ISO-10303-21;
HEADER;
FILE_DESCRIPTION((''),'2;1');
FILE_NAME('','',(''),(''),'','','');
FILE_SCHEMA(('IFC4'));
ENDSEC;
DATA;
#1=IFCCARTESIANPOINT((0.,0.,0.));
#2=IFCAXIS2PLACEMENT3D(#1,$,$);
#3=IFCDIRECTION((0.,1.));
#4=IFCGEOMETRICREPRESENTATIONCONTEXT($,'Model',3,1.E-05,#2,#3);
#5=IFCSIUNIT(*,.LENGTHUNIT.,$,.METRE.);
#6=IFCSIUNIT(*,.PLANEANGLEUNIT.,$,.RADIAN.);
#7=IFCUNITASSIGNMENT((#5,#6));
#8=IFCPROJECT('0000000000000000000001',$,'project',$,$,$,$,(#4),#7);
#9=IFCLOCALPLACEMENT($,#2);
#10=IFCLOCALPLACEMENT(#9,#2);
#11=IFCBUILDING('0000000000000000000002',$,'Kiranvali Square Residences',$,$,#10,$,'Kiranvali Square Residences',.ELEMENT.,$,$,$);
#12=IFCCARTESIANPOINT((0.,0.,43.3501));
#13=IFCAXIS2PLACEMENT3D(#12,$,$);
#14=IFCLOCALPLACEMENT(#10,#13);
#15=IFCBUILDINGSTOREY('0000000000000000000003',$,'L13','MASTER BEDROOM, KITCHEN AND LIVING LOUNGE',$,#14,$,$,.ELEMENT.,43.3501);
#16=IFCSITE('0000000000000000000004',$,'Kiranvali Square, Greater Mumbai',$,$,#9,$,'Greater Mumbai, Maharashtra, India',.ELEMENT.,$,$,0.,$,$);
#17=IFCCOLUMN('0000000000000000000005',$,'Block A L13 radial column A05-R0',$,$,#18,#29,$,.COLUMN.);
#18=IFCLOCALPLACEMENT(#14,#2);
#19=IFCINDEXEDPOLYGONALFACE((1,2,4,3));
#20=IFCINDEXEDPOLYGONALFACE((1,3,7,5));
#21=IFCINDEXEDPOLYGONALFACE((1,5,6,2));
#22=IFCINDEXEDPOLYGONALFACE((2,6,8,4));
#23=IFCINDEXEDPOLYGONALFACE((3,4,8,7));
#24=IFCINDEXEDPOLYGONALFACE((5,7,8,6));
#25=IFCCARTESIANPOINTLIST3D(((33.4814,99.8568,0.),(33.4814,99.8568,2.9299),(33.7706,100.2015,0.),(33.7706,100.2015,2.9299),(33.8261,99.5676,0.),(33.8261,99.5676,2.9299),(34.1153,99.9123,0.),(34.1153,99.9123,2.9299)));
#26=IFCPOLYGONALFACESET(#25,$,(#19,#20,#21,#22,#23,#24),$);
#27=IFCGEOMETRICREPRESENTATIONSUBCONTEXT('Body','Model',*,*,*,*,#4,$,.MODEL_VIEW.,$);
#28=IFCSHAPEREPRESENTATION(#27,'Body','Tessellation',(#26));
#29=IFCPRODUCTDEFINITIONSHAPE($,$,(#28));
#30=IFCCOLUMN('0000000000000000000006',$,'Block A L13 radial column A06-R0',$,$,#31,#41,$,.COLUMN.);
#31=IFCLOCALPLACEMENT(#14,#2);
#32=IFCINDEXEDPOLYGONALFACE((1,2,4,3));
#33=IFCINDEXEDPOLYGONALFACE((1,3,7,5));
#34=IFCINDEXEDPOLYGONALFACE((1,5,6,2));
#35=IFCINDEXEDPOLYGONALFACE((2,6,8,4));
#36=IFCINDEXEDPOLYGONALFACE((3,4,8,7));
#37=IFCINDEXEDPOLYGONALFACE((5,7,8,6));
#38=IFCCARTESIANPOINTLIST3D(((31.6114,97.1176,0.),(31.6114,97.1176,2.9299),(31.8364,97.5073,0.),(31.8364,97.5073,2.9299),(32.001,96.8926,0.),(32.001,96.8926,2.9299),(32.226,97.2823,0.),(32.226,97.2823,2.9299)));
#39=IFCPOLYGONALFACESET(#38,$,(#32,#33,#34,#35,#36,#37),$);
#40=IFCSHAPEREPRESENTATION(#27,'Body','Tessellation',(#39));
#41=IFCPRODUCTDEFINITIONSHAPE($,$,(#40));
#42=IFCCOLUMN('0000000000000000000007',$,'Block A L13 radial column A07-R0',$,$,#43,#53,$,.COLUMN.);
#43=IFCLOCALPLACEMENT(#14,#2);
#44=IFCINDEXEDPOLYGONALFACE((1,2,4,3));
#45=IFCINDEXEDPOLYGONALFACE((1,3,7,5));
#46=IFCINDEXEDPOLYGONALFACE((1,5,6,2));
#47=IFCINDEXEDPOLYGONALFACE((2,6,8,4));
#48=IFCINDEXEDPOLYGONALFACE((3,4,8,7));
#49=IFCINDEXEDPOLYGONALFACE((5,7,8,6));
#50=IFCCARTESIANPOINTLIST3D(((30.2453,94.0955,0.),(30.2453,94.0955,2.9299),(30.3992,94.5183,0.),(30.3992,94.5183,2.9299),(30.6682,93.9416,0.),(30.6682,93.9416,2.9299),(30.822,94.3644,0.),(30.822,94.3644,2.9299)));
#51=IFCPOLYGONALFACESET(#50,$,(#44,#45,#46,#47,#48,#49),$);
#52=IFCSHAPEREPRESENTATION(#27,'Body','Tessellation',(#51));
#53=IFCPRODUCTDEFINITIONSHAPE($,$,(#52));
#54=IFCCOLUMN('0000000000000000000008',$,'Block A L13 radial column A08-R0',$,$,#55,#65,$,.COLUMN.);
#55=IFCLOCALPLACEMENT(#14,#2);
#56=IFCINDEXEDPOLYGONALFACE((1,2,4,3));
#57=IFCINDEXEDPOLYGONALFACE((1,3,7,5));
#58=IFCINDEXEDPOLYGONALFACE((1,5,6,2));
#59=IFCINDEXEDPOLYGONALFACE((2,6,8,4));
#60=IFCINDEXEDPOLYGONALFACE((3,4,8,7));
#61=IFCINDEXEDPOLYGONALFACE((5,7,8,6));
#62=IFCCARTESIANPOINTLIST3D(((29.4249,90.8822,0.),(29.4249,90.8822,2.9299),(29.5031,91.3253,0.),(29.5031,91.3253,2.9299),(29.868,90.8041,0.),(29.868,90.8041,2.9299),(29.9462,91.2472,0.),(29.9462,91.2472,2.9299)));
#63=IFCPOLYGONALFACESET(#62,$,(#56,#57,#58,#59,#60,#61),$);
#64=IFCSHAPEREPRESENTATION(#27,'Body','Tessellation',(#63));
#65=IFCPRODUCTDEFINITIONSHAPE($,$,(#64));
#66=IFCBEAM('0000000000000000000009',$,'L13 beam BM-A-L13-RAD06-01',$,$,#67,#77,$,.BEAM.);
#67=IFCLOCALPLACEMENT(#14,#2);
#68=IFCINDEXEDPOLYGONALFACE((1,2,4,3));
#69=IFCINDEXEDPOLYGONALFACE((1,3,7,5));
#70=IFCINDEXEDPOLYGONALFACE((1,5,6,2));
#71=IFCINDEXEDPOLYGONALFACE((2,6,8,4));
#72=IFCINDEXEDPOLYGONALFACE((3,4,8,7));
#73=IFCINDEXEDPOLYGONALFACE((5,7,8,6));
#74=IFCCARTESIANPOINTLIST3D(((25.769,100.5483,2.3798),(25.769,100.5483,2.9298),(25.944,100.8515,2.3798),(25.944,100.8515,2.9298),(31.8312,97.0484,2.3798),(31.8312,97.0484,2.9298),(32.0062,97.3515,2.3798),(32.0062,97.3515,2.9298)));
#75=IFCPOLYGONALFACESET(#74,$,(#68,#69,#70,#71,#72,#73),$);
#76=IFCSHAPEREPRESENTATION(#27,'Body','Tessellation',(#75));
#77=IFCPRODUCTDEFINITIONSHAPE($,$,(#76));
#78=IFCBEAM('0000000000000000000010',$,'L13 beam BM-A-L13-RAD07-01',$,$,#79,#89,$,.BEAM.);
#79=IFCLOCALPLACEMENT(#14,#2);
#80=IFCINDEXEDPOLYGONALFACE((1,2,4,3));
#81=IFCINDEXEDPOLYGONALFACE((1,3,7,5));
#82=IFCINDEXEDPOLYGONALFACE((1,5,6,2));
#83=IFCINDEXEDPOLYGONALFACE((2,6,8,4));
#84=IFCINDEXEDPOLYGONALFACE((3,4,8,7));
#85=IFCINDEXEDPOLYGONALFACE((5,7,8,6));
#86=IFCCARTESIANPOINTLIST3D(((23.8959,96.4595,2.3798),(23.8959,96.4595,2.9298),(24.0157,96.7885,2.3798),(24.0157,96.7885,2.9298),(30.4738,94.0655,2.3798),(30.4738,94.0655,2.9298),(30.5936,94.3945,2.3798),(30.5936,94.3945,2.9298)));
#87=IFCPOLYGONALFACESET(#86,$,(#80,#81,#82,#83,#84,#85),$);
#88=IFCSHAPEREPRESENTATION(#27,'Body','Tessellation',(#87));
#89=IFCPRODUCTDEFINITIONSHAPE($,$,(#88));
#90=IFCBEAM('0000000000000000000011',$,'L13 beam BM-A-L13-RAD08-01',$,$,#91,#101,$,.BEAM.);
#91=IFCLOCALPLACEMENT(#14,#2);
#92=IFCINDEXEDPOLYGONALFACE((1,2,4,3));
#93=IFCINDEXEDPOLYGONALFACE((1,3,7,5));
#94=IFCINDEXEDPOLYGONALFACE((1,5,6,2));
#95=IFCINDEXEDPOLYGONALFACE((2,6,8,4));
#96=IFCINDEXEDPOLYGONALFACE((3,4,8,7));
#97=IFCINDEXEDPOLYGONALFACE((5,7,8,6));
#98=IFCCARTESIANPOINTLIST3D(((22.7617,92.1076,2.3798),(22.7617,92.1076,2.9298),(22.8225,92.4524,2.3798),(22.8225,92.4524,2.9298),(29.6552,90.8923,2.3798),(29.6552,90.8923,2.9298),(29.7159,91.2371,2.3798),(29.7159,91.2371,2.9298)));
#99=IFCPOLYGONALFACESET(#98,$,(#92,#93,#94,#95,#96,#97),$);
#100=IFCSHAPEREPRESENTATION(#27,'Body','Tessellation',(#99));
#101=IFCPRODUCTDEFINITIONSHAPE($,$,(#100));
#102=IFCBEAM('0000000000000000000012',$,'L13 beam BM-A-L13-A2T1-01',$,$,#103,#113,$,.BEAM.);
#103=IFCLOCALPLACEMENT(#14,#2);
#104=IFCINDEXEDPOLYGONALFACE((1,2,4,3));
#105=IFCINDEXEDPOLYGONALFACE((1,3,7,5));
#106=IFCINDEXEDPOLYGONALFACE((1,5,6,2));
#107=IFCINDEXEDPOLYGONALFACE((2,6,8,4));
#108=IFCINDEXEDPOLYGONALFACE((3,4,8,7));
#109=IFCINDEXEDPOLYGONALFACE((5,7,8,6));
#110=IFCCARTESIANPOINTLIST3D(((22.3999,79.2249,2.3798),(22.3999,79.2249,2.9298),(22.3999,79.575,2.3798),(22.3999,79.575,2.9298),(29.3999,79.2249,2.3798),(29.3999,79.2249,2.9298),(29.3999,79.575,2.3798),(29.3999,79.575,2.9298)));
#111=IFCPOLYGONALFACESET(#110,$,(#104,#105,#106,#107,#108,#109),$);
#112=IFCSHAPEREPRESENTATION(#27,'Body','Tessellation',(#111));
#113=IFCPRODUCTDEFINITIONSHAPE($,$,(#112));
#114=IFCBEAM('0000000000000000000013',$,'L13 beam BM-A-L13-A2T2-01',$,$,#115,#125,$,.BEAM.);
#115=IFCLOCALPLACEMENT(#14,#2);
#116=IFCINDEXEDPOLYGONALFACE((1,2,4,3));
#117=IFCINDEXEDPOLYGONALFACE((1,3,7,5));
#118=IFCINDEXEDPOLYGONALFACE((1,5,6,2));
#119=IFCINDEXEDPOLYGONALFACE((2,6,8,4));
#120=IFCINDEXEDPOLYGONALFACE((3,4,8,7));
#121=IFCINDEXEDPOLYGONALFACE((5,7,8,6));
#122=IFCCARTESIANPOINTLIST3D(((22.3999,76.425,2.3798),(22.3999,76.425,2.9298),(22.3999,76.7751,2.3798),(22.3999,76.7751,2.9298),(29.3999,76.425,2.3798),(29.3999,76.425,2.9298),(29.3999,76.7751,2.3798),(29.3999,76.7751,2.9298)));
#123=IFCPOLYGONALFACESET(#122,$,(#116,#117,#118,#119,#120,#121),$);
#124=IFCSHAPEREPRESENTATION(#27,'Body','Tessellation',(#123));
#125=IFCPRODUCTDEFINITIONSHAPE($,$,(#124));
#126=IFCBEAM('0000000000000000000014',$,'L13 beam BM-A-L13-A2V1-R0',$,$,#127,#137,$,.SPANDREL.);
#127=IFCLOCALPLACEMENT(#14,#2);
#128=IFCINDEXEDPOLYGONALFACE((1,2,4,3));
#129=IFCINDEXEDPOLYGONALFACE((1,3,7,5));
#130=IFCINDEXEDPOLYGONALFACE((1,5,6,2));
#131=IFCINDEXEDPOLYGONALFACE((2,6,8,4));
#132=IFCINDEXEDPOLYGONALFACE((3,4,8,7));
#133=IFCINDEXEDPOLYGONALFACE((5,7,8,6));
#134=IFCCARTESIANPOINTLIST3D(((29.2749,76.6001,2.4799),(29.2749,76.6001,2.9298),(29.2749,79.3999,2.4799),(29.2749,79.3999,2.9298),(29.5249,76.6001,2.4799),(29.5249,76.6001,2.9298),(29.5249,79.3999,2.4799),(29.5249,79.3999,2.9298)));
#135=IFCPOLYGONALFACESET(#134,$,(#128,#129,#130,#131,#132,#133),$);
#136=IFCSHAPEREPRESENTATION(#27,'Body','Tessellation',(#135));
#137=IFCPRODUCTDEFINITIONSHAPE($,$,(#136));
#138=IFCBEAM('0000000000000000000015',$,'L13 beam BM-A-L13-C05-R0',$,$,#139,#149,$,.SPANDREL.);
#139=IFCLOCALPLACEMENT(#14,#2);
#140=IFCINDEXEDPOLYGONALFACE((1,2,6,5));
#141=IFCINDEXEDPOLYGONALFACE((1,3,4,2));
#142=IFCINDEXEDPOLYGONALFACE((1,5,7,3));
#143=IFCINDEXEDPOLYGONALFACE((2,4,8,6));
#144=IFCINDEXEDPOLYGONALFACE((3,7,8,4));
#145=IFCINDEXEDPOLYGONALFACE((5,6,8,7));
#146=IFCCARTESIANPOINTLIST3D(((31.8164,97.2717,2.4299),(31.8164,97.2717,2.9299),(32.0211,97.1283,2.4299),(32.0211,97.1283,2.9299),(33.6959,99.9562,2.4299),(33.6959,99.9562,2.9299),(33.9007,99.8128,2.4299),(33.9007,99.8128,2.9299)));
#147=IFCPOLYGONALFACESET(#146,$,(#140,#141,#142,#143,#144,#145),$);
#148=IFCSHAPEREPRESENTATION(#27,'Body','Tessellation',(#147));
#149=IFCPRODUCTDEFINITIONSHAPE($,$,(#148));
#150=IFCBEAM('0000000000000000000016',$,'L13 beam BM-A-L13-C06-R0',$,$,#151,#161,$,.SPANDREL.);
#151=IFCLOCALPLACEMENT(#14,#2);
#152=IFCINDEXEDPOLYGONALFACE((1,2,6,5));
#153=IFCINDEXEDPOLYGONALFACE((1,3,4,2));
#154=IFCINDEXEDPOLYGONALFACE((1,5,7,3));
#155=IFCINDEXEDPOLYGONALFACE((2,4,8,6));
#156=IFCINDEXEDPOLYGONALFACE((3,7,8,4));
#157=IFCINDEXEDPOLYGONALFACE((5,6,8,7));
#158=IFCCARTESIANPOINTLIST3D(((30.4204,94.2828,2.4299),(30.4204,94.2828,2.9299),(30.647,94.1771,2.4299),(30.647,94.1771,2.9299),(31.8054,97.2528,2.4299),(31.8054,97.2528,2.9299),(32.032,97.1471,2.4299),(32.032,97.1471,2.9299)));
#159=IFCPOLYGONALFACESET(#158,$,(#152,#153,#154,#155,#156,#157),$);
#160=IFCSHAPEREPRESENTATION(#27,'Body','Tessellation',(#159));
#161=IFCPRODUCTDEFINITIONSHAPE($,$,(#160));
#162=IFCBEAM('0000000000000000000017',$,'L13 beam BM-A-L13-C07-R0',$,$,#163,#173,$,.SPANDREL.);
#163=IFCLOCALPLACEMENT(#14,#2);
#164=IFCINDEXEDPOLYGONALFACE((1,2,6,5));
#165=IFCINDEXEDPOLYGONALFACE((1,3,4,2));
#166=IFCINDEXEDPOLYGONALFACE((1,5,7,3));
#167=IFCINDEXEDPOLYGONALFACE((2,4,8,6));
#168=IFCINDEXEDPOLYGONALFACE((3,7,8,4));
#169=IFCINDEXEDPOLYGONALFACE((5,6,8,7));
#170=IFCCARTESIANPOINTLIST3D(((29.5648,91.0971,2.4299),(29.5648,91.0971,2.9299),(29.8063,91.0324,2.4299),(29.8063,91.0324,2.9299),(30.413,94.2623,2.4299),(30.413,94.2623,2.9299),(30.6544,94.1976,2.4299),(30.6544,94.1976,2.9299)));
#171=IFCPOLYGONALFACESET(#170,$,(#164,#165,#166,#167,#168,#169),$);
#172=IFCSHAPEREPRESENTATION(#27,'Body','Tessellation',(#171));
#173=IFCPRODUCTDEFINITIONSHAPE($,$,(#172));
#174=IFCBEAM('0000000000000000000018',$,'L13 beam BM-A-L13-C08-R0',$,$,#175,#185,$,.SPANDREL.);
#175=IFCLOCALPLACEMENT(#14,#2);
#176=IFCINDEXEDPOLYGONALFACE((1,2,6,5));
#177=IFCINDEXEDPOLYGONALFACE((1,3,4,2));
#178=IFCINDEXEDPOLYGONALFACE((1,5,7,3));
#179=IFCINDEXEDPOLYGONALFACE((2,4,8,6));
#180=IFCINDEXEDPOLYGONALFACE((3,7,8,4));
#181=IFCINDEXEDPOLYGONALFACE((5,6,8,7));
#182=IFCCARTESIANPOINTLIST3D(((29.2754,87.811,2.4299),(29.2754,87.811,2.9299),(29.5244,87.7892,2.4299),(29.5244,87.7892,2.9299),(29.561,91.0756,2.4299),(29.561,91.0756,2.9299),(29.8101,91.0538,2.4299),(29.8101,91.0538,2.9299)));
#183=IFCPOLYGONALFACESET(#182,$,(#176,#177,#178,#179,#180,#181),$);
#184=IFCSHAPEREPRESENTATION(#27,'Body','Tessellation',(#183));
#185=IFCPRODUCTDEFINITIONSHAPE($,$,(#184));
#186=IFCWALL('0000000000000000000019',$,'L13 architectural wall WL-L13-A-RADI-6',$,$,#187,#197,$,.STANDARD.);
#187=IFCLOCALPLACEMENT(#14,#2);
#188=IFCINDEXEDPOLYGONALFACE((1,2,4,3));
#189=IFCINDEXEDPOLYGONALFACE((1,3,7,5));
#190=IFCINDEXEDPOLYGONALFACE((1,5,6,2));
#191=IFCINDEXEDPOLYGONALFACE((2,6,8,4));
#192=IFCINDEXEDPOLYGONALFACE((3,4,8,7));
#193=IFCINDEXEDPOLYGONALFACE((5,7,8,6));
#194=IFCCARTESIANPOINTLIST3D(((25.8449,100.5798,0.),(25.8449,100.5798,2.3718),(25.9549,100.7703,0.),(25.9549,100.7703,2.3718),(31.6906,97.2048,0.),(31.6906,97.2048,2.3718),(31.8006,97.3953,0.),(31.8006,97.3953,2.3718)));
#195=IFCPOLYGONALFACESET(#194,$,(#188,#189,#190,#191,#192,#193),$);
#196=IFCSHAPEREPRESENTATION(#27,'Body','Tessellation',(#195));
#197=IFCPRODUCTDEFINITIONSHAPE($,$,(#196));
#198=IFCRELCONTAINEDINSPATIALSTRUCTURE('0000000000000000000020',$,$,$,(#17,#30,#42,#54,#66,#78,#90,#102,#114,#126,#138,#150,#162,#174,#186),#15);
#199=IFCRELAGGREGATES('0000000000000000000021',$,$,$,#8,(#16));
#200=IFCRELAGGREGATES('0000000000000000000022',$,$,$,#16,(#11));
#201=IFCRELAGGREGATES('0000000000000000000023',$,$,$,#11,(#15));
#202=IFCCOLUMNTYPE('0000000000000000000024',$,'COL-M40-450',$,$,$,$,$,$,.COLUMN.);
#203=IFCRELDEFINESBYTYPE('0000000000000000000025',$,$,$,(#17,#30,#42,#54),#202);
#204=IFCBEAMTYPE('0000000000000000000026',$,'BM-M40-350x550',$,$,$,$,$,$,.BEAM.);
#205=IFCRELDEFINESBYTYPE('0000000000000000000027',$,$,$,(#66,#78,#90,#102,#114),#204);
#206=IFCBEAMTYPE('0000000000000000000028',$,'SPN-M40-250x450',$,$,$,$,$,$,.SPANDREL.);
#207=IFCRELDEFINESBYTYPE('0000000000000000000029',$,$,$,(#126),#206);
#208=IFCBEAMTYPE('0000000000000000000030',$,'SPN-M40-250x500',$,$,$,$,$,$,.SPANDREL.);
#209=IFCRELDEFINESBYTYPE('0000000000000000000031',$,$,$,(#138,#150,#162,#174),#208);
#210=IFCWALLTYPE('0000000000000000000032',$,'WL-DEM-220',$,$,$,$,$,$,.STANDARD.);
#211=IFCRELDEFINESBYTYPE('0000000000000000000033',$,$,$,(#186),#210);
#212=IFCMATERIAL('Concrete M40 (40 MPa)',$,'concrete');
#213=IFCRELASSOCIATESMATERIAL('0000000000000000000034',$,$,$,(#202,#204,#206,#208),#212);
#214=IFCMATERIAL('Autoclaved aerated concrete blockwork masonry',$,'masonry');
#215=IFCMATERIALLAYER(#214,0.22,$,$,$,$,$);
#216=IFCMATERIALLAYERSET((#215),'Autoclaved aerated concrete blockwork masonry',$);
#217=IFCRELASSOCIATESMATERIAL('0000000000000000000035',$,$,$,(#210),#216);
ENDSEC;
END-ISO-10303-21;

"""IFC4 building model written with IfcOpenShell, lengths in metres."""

from ifc_helpers import new_model, si_unit, direction, frame, frame_2d, origin, origin_2d, place, context, subcontext, project, spatial, rectangle, extrude, material, layer, layer_set, material_profile, profile_set, type_object, element, save


model = new_model("IFC4")

# Units and contexts
model_context = context("Model", 3, precision=1e-05, world=origin(), true_north=direction((0.0, 1.0)))
body_context = subcontext(model_context, "Body", "Model", "MODEL_VIEW")
ifc_project = project(units=[si_unit("LENGTHUNIT", "METRE"), si_unit("PLANEANGLEUNIT", "RADIAN")], contexts=[model_context])

# Site, building, storey
site_placement = place(None, origin())
site = spatial("IfcSite", under=ifc_project, at=site_placement, Name="Kiranvali Square, Greater Mumbai", LongName="Greater Mumbai, Maharashtra, India", CompositionType="ELEMENT", RefElevation=0.0)
building_placement = place(site_placement, origin())
building = spatial("IfcBuilding", under=site, at=building_placement, Name="Kiranvali Square Residences", LongName="Kiranvali Square Residences", CompositionType="ELEMENT")
storey_placement = place(building_placement, frame((0.0, 0.0, 43.3501)))
storey = spatial("IfcBuildingStorey", under=building, at=storey_placement, Name="L13", Description="MASTER BEDROOM, KITCHEN AND LIVING LOUNGE", CompositionType="ELEMENT", Elevation=43.3501)

# Columns
ifc_material_1 = material(Name="Concrete M40 (40 MPa)", Category="concrete")
ifc_material_profile_1 = material_profile(ifc_material_1, rectangle(XDim=0.45, YDim=0.45, at=origin_2d()), Name="RC 450x450")
ifc_profile_set_1 = profile_set([ifc_material_profile_1], Name="Concrete M40 (40 MPa)")
column_type = type_object("IfcColumnType", Name="COL-M40-450", PredefinedType="COLUMN", material=ifc_profile_set_1)
for number, where, z_axis, x_axis, name in (
    (1, (33.7983, 99.8845, 0.0), (0.0, 0.0, 1.0), (0.642788, 0.766044, 0.0), "Block A L13 radial column A05-R0"),
    (2, (31.9187, 97.2, 0.0), (0.0, 0.0, 1.0), (0.5, 0.866025, 0.0), "Block A L13 radial column A06-R0"),
    (3, (30.5337, 94.23, 0.0), (0.0, 0.0, 1.0), (0.34202, 0.939693, 0.0), "Block A L13 radial column A07-R0"),
    (4, (29.6855, 91.0647, 0.0), (0.0, 0.0, 1.0), (0.173648, 0.984808, 0.0), "Block A L13 radial column A08-R0"),
):
    element("IfcColumn", number, at=place(storey_placement, frame(where, z_axis=z_axis, x_axis=x_axis)), inside=storey, type_object=column_type, Name=name, PredefinedType="COLUMN", context=body_context, shape_type="SweptSolid", body=[
        extrude(rectangle(XDim=0.45, YDim=0.45, at=origin_2d()), origin(), (0.0, 0.0, 1.0), 2.9299),
    ])

# Beams
ifc_material_profile_2 = material_profile(ifc_material_1, rectangle(XDim=0.3501, YDim=0.55, at=origin_2d()), Name="RC 350x550")
ifc_profile_set_2 = profile_set([ifc_material_profile_2], Name="Concrete M40 (40 MPa)")
beam_type_1 = type_object("IfcBeamType", Name="BM-M40-350x550", PredefinedType="BEAM", material=ifc_profile_set_2)
for number, where, z_axis, x_axis, name in (
    (5, (31.9187, 97.2, 2.6548), (-0.866028, 0.499995, 0.0), (-0.499995, -0.866028, 0.0), "L13 beam BM-A-L13-RAD06-01"),
    (6, (30.5337, 94.23, 2.6548), (-0.939698, 0.342006, 0.0), (-0.342006, -0.939698, 0.0), "L13 beam BM-A-L13-RAD07-01"),
):
    element("IfcBeam", number, at=place(storey_placement, frame(where, z_axis=z_axis, x_axis=x_axis)), inside=storey, type_object=beam_type_1, Name=name, PredefinedType="BEAM", context=body_context, shape_type="SweptSolid", body=[
        extrude(rectangle(XDim=0.3501, YDim=0.55, at=origin_2d()), origin(), (0.0, 0.0, 1.0), 7.0),
    ])
beam_1_placement = place(storey_placement, frame((29.6855, 91.0647, 2.6548), z_axis=(-0.984812, 0.173622, 0.0), x_axis=(-0.173622, -0.984812, 0.0)))
element("IfcBeam", 7, at=beam_1_placement, inside=storey, type_object=beam_type_1, Name="L13 beam BM-A-L13-RAD08-01", PredefinedType="BEAM", context=body_context, shape_type="SweptSolid", body=[
    extrude(rectangle(XDim=0.3501, YDim=0.55, at=origin_2d()), origin(), (0.0, 0.0, 1.0), 6.9998),
])
for number, where, z_axis, x_axis, name in (
    (8, (29.3999, 79.3999, 2.6548), (-1.0, 0.0, 0.0), (0.0, -1.0, 0.0), "L13 beam BM-A-L13-A2T1-01"),
    (9, (29.3999, 76.6001, 2.6548), (-1.0, 0.0, 0.0), (0.0, -1.0, 0.0), "L13 beam BM-A-L13-A2T2-01"),
):
    element("IfcBeam", number, at=place(storey_placement, frame(where, z_axis=z_axis, x_axis=x_axis)), inside=storey, type_object=beam_type_1, Name=name, PredefinedType="BEAM", context=body_context, shape_type="SweptSolid", body=[
        extrude(rectangle(XDim=0.3501, YDim=0.55, at=origin_2d()), origin(), (0.0, 0.0, 1.0), 7.0),
    ])
ifc_material_profile_3 = material_profile(ifc_material_1, rectangle(XDim=0.25, YDim=0.45, at=origin_2d()), Name="RC 250x450")
ifc_profile_set_3 = profile_set([ifc_material_profile_3], Name="Concrete M40 (40 MPa)")
beam_type_2 = type_object("IfcBeamType", Name="SPN-M40-250x450", PredefinedType="SPANDREL", material=ifc_profile_set_3)
beam_2_placement = place(storey_placement, frame((29.3999, 79.3999, 2.7048), z_axis=(0.0, -1.0, 0.0), x_axis=(1.0, 0.0, 0.0)))
element("IfcBeam", 10, at=beam_2_placement, inside=storey, type_object=beam_type_2, Name="L13 beam BM-A-L13-A2V1-R0", PredefinedType="SPANDREL", context=body_context, shape_type="SweptSolid", body=[
    extrude(rectangle(XDim=0.25, YDim=0.45, at=origin_2d()), origin(), (0.0, 0.0, 1.0), 2.7998),
])
ifc_material_profile_4 = material_profile(ifc_material_1, rectangle(XDim=0.25, YDim=0.5, at=origin_2d()), Name="RC 250x500")
ifc_profile_set_4 = profile_set([ifc_material_profile_4], Name="Concrete M40 (40 MPa)")
beam_type_3 = type_object("IfcBeamType", Name="SPN-M40-250x500", PredefinedType="SPANDREL", material=ifc_profile_set_4)
for number, where, z_axis, x_axis, name in (
    (11, (33.7983, 99.8845, 2.6799), (-0.573552, -0.819169, 0.0), (0.819169, -0.573552, 0.0), "L13 beam BM-A-L13-C05-R0"),
    (12, (31.9187, 97.2, 2.6799), (-0.422641, -0.906297, 0.0), (0.906297, -0.422641, 0.0), "L13 beam BM-A-L13-C06-R0"),
):
    element("IfcBeam", number, at=place(storey_placement, frame(where, z_axis=z_axis, x_axis=x_axis)), inside=storey, type_object=beam_type_3, Name=name, PredefinedType="SPANDREL", context=body_context, shape_type="SweptSolid", body=[
        extrude(rectangle(XDim=0.25, YDim=0.5, at=origin_2d()), origin(), (0.0, 0.0, 1.0), 3.2771),
    ])
beam_3_placement = place(storey_placement, frame((30.5337, 94.23, 2.6799), z_axis=(-0.258822, -0.965925, 0.0), x_axis=(0.965925, -0.258822, 0.0)))
element("IfcBeam", 13, at=beam_3_placement, inside=storey, type_object=beam_type_3, Name="L13 beam BM-A-L13-C07-R0", PredefinedType="SPANDREL", context=body_context, shape_type="SweptSolid", body=[
    extrude(rectangle(XDim=0.25, YDim=0.5, at=origin_2d()), origin(), (0.0, 0.0, 1.0), 3.2769),
])
beam_4_placement = place(storey_placement, frame((29.6855, 91.0647, 2.6799), z_axis=(-0.087163, -0.996194, 0.0), x_axis=(0.996194, -0.087163, 0.0)))
element("IfcBeam", 14, at=beam_4_placement, inside=storey, type_object=beam_type_3, Name="L13 beam BM-A-L13-C08-R0", PredefinedType="SPANDREL", context=body_context, shape_type="SweptSolid", body=[
    extrude(rectangle(XDim=0.25, YDim=0.5, at=origin_2d()), origin(), (0.0, 0.0, 1.0), 3.2771),
])

# Wall
ifc_material_2 = material(Name="Autoclaved aerated concrete blockwork masonry", Category="masonry")
ifc_layer_1 = layer(ifc_material_2, 0.22)
ifc_layer_set_1 = layer_set([ifc_layer_1], Name="Autoclaved aerated concrete blockwork masonry")
wall_type_1 = type_object("IfcWallType", Name="WL-DEM-220", PredefinedType="STANDARD", material=ifc_layer_set_1)
wall_1_placement = place(storey_placement, frame((31.7456, 97.3, 0.0), z_axis=(0.0, 0.0, 1.0), x_axis=(-0.866027, 0.499998, 0.0)))
element("IfcWall", 15, at=wall_1_placement, inside=storey, type_object=wall_type_1, Name="L13 architectural wall WL-L13-A-RADI-6", PredefinedType="STANDARD", context=body_context, shape_type="SweptSolid", body=[
    extrude(rectangle(XDim=6.75, YDim=0.22, at=frame_2d((3.375, 0.0))), origin(), (0.0, 0.0, 1.0), 2.3718),
])

save(model, "model.ifc")
